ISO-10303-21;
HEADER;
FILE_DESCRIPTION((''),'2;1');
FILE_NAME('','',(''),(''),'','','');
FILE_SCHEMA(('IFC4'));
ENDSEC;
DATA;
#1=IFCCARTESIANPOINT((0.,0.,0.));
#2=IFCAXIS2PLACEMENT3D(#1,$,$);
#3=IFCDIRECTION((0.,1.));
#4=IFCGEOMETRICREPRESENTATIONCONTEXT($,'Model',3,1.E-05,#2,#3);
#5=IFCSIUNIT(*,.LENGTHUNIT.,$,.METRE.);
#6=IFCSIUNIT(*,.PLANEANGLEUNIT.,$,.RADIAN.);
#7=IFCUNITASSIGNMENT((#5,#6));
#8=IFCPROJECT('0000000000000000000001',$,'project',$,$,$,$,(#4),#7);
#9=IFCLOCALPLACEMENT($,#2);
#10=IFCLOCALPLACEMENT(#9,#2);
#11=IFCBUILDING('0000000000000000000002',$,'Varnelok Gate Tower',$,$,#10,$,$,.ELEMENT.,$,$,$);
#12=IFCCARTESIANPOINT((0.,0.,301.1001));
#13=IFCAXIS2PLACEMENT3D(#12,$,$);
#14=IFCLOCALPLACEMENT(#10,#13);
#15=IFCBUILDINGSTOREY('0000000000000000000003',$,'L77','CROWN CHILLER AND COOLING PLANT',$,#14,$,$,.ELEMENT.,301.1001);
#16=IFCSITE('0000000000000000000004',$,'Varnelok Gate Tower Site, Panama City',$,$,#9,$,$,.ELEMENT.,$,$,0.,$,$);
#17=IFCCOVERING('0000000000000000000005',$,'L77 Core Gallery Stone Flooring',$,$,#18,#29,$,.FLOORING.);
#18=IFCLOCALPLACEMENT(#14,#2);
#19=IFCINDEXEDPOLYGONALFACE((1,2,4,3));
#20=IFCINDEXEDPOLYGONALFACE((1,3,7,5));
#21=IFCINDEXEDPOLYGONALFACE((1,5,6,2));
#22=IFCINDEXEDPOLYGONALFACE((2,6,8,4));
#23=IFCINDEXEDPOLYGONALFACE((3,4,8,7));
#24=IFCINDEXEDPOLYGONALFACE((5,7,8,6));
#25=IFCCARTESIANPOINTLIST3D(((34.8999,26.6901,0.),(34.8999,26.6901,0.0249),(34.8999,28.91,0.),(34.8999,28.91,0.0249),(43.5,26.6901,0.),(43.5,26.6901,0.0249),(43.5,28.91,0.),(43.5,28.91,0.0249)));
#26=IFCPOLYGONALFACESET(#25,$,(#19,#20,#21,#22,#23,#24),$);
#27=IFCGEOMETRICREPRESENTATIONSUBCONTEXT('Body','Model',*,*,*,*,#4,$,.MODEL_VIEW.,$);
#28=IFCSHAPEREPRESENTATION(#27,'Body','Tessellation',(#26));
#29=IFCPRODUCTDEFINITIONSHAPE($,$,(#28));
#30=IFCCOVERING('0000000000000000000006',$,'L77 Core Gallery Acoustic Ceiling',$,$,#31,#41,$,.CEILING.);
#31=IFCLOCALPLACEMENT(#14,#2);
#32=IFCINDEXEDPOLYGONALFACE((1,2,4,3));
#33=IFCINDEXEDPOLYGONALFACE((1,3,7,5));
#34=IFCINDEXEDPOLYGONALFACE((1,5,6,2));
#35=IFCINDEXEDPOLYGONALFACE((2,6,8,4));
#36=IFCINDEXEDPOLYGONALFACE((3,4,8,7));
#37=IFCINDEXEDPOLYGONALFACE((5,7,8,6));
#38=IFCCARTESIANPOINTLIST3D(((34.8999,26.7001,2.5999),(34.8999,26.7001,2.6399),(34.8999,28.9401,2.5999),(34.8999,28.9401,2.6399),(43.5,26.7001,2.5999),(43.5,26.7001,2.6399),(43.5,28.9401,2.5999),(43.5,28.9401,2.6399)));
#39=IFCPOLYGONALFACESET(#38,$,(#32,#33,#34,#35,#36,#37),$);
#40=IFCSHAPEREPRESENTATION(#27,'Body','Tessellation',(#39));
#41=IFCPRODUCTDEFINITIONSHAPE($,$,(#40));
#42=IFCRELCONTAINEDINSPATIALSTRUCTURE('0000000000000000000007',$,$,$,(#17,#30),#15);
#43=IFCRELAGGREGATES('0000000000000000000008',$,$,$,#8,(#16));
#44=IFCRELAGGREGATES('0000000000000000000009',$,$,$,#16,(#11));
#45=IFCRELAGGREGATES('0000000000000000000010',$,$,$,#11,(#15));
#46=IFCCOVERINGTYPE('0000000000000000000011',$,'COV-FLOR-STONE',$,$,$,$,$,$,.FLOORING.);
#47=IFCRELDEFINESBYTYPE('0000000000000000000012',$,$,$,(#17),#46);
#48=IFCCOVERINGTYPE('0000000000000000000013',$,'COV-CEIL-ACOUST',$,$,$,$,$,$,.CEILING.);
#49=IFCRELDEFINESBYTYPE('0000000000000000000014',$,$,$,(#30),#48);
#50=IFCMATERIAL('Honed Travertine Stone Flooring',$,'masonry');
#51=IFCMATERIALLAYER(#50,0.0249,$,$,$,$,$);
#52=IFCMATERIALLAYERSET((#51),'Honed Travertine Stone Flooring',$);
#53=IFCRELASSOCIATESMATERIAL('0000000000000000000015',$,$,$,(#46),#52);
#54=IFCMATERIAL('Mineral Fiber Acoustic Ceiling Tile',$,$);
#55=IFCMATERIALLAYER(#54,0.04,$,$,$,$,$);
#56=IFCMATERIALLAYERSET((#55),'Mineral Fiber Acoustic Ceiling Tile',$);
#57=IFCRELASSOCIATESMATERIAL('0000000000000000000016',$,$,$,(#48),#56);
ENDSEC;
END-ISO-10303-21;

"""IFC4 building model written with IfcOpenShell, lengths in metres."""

from ifc_helpers import new_model, si_unit, direction, frame, origin, origin_2d, place, context, subcontext, project, spatial, rectangle, extrude, source, transform, mapped, material, layer, layer_set, type_object, element, save


model = new_model("IFC4")

# Units and contexts
model_context = context("Model", 3, precision=1e-05, world=origin(), true_north=direction((0.0, 1.0)))
body_context = subcontext(model_context, "Body", "Model", "MODEL_VIEW")
ifc_project = project(units=[si_unit("LENGTHUNIT", "METRE"), si_unit("PLANEANGLEUNIT", "RADIAN")], contexts=[model_context])

# Site, building, storey
site_placement = place(None, origin())
site = spatial("IfcSite", under=ifc_project, at=site_placement, Name="Varnelok Gate Tower Site, Panama City", CompositionType="ELEMENT", RefElevation=0.0)
building_placement = place(site_placement, origin())
building = spatial("IfcBuilding", under=site, at=building_placement, Name="Varnelok Gate Tower", CompositionType="ELEMENT")
storey_placement = place(building_placement, frame((0.0, 0.0, 301.1001)))
storey = spatial("IfcBuildingStorey", under=building, at=storey_placement, Name="L77", Description="CROWN CHILLER AND COOLING PLANT", CompositionType="ELEMENT", Elevation=301.1001)

# Coverings
ifc_material_1 = material(Name="Honed Travertine Stone Flooring", Category="masonry")
ifc_layer_1 = layer(ifc_material_1, 0.0249)
ifc_layer_set_1 = layer_set([ifc_layer_1], Name="Honed Travertine Stone Flooring")
covering_type_1 = type_object("IfcCoveringType", Name="COV-FLOR-STONE", PredefinedType="FLOORING", material=ifc_layer_set_1)
shared_shape_1 = source(origin(), body_context, "Body", "SweptSolid", [
    extrude(rectangle(XDim=8.6001, YDim=2.22, at=origin_2d()), origin(), (0.0, 0.0, 1.0), 0.0249),
])
covering_1_placement = place(storey_placement, frame((39.2, 27.8, 0.0), z_axis=(0.0, 0.0, 1.0), x_axis=(1.0, 0.0, 0.0)))
element("IfcCovering", 1, at=covering_1_placement, inside=storey, type_object=covering_type_1, Name="L77 Core Gallery Stone Flooring", PredefinedType="FLOORING", context=body_context, shape_type="MappedRepresentation", body=[
    mapped(shared_shape_1, transform((0.0, 0.0, 0.0), scale=1.0)),
])
ifc_material_2 = material(Name="Mineral Fiber Acoustic Ceiling Tile")
ifc_layer_2 = layer(ifc_material_2, 0.04)
ifc_layer_set_2 = layer_set([ifc_layer_2], Name="Mineral Fiber Acoustic Ceiling Tile")
covering_type_2 = type_object("IfcCoveringType", Name="COV-CEIL-ACOUST", PredefinedType="CEILING", material=ifc_layer_set_2)
shared_shape_2 = source(origin(), body_context, "Body", "SweptSolid", [
    extrude(rectangle(XDim=8.6001, YDim=2.24, at=origin_2d()), origin(), (0.0, 0.0, 1.0), 0.04),
])
covering_2_placement = place(storey_placement, frame((39.2, 27.8201, 2.5999), z_axis=(0.0, 0.0, 1.0), x_axis=(1.0, 0.0, 0.0)))
element("IfcCovering", 2, at=covering_2_placement, inside=storey, type_object=covering_type_2, Name="L77 Core Gallery Acoustic Ceiling", PredefinedType="CEILING", context=body_context, shape_type="MappedRepresentation", body=[
    mapped(shared_shape_2, transform((0.0, 0.0, 0.0), scale=1.0)),
])

save(model, "model.ifc")
